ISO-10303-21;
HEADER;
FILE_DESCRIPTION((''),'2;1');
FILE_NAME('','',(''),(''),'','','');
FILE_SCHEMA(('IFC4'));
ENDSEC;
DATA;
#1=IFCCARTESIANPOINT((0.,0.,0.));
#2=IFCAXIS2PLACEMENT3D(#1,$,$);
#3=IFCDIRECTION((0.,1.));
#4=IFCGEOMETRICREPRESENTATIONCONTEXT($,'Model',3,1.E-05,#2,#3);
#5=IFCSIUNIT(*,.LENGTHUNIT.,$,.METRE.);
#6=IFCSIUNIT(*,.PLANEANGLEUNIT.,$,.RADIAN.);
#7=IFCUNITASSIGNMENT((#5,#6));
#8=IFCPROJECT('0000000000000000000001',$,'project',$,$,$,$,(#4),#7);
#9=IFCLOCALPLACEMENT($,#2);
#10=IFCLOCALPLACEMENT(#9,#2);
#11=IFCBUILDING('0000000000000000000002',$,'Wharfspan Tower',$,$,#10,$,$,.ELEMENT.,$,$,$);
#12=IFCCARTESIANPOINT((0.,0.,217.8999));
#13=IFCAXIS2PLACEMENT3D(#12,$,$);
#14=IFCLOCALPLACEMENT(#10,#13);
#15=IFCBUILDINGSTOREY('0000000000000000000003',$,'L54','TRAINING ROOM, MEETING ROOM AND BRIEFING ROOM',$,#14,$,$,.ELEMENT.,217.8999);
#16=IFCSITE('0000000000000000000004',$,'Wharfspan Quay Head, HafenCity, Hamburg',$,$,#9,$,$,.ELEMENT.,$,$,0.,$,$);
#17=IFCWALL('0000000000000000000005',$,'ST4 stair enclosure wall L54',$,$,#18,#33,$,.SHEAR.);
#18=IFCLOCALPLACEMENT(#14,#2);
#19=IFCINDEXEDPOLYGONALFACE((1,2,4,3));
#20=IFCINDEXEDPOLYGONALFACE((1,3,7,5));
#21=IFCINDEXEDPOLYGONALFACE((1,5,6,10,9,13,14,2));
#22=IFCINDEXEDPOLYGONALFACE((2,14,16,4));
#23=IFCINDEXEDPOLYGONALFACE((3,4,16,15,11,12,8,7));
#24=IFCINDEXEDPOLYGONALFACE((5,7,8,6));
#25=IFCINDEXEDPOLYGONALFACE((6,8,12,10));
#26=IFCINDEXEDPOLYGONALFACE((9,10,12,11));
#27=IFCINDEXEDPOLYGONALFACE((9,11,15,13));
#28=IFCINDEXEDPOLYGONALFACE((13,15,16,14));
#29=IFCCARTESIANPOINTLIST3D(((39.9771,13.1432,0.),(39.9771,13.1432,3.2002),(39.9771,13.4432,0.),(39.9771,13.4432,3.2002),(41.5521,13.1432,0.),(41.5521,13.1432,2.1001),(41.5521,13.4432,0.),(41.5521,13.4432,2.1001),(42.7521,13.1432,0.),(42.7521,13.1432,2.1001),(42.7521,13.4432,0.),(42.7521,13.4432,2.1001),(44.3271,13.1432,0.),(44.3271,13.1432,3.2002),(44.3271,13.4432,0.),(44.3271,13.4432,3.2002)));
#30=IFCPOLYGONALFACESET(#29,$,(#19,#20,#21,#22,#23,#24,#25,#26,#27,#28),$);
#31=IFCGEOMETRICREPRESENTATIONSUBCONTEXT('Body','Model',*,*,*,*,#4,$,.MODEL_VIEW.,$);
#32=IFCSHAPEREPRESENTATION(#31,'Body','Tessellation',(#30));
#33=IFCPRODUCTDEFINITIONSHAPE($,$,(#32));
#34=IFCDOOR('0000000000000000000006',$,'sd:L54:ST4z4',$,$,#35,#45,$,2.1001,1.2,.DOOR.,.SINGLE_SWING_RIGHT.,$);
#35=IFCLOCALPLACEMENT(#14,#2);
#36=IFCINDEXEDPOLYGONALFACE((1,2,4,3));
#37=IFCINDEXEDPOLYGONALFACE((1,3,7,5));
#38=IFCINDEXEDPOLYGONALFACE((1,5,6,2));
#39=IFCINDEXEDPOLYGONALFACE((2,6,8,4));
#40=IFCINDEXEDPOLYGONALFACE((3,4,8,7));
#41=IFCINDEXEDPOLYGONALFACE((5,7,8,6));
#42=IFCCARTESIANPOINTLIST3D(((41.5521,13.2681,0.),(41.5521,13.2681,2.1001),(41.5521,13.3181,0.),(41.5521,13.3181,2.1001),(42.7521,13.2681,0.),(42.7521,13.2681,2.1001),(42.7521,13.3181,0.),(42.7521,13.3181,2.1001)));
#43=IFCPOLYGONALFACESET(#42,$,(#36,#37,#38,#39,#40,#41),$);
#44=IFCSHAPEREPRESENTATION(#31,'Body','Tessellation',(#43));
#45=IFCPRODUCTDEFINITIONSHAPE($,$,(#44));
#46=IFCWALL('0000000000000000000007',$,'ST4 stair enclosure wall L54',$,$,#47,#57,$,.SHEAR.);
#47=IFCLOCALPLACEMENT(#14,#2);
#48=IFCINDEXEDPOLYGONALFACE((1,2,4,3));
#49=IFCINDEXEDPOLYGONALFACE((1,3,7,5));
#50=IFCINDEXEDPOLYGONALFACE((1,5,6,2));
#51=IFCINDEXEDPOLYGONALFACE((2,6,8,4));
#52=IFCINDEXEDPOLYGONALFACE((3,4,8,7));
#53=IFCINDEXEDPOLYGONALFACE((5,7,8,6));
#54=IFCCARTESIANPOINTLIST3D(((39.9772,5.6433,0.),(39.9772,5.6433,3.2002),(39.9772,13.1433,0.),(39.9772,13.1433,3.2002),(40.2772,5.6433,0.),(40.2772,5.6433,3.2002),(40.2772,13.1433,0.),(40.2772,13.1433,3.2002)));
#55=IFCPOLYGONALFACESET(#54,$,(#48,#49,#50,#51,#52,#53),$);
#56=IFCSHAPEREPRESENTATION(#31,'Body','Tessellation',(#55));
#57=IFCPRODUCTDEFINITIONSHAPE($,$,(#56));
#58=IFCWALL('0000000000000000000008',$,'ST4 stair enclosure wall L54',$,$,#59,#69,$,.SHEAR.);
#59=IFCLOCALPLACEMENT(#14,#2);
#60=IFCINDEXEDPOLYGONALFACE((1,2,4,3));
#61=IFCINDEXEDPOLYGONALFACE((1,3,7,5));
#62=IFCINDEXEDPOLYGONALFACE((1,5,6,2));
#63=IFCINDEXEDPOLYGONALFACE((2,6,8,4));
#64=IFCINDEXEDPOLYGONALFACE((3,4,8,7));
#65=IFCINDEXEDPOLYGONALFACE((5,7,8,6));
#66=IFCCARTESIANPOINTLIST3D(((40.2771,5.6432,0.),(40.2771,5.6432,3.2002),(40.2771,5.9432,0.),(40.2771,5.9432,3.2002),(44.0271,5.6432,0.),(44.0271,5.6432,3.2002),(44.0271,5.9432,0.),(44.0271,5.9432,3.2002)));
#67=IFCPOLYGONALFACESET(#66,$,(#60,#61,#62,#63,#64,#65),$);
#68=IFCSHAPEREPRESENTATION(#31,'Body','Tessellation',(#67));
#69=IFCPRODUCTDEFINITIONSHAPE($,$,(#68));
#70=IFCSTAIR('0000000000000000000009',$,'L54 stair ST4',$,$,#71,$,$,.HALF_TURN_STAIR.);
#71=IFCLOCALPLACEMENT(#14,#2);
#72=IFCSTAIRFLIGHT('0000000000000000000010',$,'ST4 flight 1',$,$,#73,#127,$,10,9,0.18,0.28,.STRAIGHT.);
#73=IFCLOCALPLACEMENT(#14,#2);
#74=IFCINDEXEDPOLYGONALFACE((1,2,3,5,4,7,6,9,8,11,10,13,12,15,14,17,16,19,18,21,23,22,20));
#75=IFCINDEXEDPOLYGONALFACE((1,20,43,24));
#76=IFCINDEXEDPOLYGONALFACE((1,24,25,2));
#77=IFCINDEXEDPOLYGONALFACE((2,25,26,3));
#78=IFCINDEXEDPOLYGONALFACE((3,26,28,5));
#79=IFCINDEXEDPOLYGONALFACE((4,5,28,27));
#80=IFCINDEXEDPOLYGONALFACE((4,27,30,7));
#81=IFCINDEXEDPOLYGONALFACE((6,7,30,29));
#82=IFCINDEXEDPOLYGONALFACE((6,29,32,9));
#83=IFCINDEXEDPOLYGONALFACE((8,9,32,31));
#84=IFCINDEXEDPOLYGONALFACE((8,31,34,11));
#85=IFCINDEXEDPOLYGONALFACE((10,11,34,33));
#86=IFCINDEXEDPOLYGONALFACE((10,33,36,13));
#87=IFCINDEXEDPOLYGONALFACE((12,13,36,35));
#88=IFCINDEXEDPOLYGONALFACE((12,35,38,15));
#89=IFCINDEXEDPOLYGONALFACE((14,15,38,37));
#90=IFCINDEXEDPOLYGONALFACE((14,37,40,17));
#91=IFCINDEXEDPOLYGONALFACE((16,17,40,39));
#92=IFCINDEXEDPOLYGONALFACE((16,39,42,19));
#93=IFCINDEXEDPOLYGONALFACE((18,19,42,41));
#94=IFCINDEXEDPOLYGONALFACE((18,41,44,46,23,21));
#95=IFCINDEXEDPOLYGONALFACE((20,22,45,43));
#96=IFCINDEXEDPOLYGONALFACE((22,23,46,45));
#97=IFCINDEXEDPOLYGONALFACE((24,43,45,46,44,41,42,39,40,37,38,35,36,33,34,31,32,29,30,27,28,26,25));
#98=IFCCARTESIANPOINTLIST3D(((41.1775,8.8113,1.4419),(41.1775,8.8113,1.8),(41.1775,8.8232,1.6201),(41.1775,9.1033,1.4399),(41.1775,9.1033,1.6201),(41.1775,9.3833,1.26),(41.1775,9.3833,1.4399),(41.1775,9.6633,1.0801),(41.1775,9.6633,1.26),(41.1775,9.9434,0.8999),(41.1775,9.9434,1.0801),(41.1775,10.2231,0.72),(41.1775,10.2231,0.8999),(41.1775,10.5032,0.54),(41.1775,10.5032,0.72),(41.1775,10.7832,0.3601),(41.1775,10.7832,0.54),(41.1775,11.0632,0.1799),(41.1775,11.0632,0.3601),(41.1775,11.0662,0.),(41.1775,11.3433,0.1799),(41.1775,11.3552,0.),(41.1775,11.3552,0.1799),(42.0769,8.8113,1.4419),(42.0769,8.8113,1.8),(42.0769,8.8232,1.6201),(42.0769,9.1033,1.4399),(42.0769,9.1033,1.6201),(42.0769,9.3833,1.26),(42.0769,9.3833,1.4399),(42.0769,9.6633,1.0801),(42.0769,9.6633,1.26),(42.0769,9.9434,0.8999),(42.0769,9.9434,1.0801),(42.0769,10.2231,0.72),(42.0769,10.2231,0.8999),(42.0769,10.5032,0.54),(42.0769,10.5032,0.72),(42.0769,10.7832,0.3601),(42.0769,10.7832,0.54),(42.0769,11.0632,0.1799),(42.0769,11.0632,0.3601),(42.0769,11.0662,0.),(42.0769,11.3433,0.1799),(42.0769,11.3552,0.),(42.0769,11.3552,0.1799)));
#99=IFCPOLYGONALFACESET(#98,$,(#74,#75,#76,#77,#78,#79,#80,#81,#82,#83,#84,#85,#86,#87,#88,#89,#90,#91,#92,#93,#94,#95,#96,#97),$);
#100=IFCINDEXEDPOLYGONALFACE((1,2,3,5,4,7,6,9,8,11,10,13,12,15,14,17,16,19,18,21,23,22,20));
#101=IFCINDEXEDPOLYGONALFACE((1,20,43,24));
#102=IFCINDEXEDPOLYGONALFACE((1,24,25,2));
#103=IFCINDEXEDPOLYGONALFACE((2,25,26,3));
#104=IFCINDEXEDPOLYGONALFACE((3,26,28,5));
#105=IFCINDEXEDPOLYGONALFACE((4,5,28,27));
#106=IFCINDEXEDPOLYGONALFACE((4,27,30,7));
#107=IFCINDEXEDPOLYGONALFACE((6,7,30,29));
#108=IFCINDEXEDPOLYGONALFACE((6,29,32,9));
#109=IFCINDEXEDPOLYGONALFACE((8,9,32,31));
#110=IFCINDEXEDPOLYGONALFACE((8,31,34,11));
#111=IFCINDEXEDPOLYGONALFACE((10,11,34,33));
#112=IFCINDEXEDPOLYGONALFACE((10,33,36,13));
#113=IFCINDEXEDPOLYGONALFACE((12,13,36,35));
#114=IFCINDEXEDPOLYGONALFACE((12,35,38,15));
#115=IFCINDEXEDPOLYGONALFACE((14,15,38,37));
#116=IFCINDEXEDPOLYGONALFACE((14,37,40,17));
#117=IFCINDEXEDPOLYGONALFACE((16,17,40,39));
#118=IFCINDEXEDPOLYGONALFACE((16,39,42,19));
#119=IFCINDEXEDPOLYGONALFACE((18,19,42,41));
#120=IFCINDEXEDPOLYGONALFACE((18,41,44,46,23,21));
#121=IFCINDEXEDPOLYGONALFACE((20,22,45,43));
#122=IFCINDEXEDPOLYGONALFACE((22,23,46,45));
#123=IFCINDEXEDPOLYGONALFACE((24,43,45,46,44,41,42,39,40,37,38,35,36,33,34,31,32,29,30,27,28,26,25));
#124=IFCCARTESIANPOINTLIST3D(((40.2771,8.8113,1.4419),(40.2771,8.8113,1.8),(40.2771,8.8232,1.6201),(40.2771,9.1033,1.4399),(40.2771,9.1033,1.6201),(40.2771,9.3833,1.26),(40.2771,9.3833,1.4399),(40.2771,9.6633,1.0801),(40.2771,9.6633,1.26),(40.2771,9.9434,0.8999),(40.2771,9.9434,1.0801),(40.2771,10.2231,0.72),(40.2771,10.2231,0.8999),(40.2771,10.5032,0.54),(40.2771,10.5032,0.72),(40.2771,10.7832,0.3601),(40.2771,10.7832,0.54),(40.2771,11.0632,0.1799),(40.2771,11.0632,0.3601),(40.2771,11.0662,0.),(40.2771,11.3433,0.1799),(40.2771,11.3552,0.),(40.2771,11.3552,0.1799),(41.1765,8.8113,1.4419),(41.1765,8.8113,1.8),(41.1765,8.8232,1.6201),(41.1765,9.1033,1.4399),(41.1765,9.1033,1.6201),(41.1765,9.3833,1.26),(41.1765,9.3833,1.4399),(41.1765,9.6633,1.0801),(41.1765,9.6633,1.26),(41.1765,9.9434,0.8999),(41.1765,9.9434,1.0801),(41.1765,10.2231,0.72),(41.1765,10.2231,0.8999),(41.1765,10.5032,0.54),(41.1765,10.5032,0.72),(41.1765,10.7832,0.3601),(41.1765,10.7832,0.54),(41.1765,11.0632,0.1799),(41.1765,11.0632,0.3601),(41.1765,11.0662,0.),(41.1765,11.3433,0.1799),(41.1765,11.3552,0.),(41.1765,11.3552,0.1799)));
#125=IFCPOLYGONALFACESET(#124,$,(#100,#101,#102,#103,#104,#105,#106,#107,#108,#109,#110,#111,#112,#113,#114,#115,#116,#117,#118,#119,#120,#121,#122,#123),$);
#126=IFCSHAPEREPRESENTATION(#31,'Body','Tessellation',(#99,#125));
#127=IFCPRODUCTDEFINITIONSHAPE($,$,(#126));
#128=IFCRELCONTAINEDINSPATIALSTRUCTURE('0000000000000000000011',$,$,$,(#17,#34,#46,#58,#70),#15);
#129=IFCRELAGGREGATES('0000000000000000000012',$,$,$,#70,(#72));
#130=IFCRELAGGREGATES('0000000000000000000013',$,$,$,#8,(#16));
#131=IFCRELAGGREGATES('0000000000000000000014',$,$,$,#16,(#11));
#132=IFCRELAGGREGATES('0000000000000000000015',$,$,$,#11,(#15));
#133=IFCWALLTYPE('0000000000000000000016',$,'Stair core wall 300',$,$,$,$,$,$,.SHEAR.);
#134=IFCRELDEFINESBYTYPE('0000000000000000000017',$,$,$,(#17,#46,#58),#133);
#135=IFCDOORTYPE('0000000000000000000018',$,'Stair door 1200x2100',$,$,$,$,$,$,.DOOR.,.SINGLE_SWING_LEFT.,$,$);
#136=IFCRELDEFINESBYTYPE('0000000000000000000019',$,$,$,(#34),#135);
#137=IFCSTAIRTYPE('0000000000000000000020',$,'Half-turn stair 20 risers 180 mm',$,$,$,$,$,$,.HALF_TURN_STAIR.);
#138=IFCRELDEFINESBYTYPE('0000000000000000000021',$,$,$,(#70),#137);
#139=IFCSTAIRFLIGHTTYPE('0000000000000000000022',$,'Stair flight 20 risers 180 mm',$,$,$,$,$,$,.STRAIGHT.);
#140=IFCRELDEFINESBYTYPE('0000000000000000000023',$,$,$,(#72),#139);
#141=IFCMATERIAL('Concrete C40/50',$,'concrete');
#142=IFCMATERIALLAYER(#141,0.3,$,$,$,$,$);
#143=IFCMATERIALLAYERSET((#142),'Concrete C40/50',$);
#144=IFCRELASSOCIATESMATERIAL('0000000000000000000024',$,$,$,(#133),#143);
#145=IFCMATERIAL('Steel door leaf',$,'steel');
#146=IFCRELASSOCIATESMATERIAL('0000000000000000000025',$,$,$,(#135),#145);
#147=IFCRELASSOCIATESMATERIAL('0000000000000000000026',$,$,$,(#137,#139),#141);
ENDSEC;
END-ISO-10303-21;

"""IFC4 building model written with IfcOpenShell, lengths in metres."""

from ifc_helpers import new_model, si_unit, direction, frame, frame_2d, origin, place, context, subcontext, project, spatial, polyline, rectangle, outline, extrude, material, layer, layer_set, type_object, element, fill, aggregate, save


model = new_model("IFC4")

# Units and contexts
model_context = context("Model", 3, precision=1e-05, world=origin(), true_north=direction((0.0, 1.0)))
body_context = subcontext(model_context, "Body", "Model", "MODEL_VIEW")
ifc_project = project(units=[si_unit("LENGTHUNIT", "METRE"), si_unit("PLANEANGLEUNIT", "RADIAN")], contexts=[model_context])

# Site, building, storey
site_placement = place(None, origin())
site = spatial("IfcSite", under=ifc_project, at=site_placement, Name="Wharfspan Quay Head, HafenCity, Hamburg", CompositionType="ELEMENT", RefElevation=0.0)
building_placement = place(site_placement, origin())
building = spatial("IfcBuilding", under=site, at=building_placement, Name="Wharfspan Tower", CompositionType="ELEMENT")
storey_placement = place(building_placement, frame((0.0, 0.0, 217.8999)))
storey = spatial("IfcBuildingStorey", under=building, at=storey_placement, Name="L54", Description="TRAINING ROOM, MEETING ROOM AND BRIEFING ROOM", CompositionType="ELEMENT", Elevation=217.8999)

# Shared definitions
ifc_material_1 = material(Name="Concrete C40/50", Category="concrete")

# Wall, opening, door
ifc_layer_1 = layer(ifc_material_1, 0.3)
ifc_layer_set_1 = layer_set([ifc_layer_1], Name="Concrete C40/50")
wall_type_1 = type_object("IfcWallType", Name="Stair core wall 300", PredefinedType="SHEAR", material=ifc_layer_set_1)
wall_1_placement = place(storey_placement, frame((39.9771, 13.2932, 0.0), z_axis=(0.0, 0.0, 1.0), x_axis=(1.0, 0.0, 0.0)))
wall_1 = element("IfcWall", 1, at=wall_1_placement, inside=storey, type_object=wall_type_1, Name="ST4 stair enclosure wall L54", PredefinedType="SHEAR", context=body_context, shape_type="SweptSolid", body=[
    extrude(rectangle(XDim=4.3501, YDim=0.3, at=frame_2d((2.175, 0.0))), origin(), (0.0, 0.0, 1.0), 3.2002),
])
opening_placement = place(wall_1_placement, frame((1.575, 0.0, 0.0)))
opening = element("IfcOpeningElement", 2, at=opening_placement, cuts=wall_1, PredefinedType="OPENING", context=body_context, shape_type="SweptSolid", body=[
    extrude(rectangle(XDim=1.2, YDim=2.1001, at=frame_2d((0.6001, 1.05))), frame((0.0, 0.1599, 0.0), z_axis=(0.0, -1.0, 0.0), x_axis=(1.0, 0.0, 0.0)), (0.0, 0.0, 1.0), 0.3201),
])
ifc_material_2 = material(Name="Steel door leaf", Category="steel")
door_type = type_object("IfcDoorType", Name="Stair door 1200x2100", OperationType="SINGLE_SWING_LEFT", PredefinedType="DOOR", material=ifc_material_2)
door_placement = place(opening_placement, origin())
door = element("IfcDoor", 3, at=door_placement, inside=storey, type_object=door_type, Name="sd:L54:ST4z4", OperationType="SINGLE_SWING_RIGHT", OverallHeight=2.1001, OverallWidth=1.2, PredefinedType="DOOR", context=body_context, shape_type="SweptSolid", body=[
    extrude(rectangle(XDim=1.2, YDim=2.1001, at=frame_2d((0.6001, 1.05))), frame((0.0, 0.0249, 0.0), z_axis=(0.0, -1.0, 0.0), x_axis=(1.0, 0.0, 0.0)), (0.0, 0.0, 1.0), 0.05),
])
fill(opening, door)

# Walls
wall_2_placement = place(storey_placement, frame((40.1272, 5.6433, 0.0), z_axis=(0.0, 0.0, 1.0), x_axis=(0.0, 1.0, 0.0)))
element("IfcWall", 4, at=wall_2_placement, inside=storey, type_object=wall_type_1, Name="ST4 stair enclosure wall L54", PredefinedType="SHEAR", context=body_context, shape_type="SweptSolid", body=[
    extrude(rectangle(XDim=7.5, YDim=0.3, at=frame_2d((3.75, 0.0))), origin(), (0.0, 0.0, 1.0), 3.2002),
])
wall_3_placement = place(storey_placement, frame((40.2771, 5.7932, 0.0), z_axis=(0.0, 0.0, 1.0), x_axis=(1.0, 0.0, 0.0)))
element("IfcWall", 5, at=wall_3_placement, inside=storey, type_object=wall_type_1, Name="ST4 stair enclosure wall L54", PredefinedType="SHEAR", context=body_context, shape_type="SweptSolid", body=[
    extrude(rectangle(XDim=3.75, YDim=0.3, at=frame_2d((1.875, 0.0))), origin(), (0.0, 0.0, 1.0), 3.2002),
])

# Stair, stair flight
stair_type = type_object("IfcStairType", Name="Half-turn stair 20 risers 180 mm", PredefinedType="HALF_TURN_STAIR", material=ifc_material_1)
stair_placement = place(storey_placement, origin())
stair = element("IfcStair", 6, at=stair_placement, inside=storey, type_object=stair_type, Name="L54 stair ST4", PredefinedType="HALF_TURN_STAIR")
stair_flight_type = type_object("IfcStairFlightType", Name="Stair flight 20 risers 180 mm", PredefinedType="STRAIGHT", material=ifc_material_1)
stair_flight_placement = place(storey_placement, frame((41.177, 11.3433, 0.0), z_axis=(0.0, 0.0, 1.0), x_axis=(0.0, -1.0, 0.0)))
stair_flight = element("IfcStairFlight", 7, at=stair_flight_placement, type_object=stair_flight_type, Name="ST4 flight 1", NumberOfRisers=10, NumberOfTreads=9, PredefinedType="STRAIGHT", RiserHeight=0.18, TreadLength=0.28, context=body_context, shape_type="SweptSolid", body=[
    extrude(outline(polyline([(-0.012, 0.0), (-0.012, 0.1799), (0.0, 0.1799), (0.28, 0.1799), (0.28, 0.3601), (0.5601, 0.3601), (0.5601, 0.54), (0.8401, 0.54), (0.8401, 0.72), (1.1201, 0.72), (1.1201, 0.8999), (1.3999, 0.8999), (1.3999, 1.0801), (1.6799, 1.0801), (1.6799, 1.26), (1.96, 1.26), (1.96, 1.4399), (2.24, 1.4399), (2.24, 1.6201), (2.52, 1.6201), (2.532, 1.8), (2.532, 1.4419), (0.2771, 0.0), (-0.012, 0.0)])), frame((0.0, 0.8999, 0.0), z_axis=(0.0, -1.0, 0.0), x_axis=(1.0, 0.0, 0.0)), (0.0, 0.0, 1.0), 0.8994),
    extrude(outline(polyline([(-0.012, 0.0), (-0.012, 0.1799), (0.0, 0.1799), (0.28, 0.1799), (0.28, 0.3601), (0.5601, 0.3601), (0.5601, 0.54), (0.8401, 0.54), (0.8401, 0.72), (1.1201, 0.72), (1.1201, 0.8999), (1.3999, 0.8999), (1.3999, 1.0801), (1.6799, 1.0801), (1.6799, 1.26), (1.96, 1.26), (1.96, 1.4399), (2.24, 1.4399), (2.24, 1.6201), (2.52, 1.6201), (2.532, 1.8), (2.532, 1.4419), (0.2771, 0.0), (-0.012, 0.0)])), frame((0.0, -0.0005, 0.0), z_axis=(0.0, -1.0, 0.0), x_axis=(1.0, 0.0, 0.0)), (0.0, 0.0, 1.0), 0.8994),
])
aggregate(stair, [stair_flight])

save(model, "model.ifc")
